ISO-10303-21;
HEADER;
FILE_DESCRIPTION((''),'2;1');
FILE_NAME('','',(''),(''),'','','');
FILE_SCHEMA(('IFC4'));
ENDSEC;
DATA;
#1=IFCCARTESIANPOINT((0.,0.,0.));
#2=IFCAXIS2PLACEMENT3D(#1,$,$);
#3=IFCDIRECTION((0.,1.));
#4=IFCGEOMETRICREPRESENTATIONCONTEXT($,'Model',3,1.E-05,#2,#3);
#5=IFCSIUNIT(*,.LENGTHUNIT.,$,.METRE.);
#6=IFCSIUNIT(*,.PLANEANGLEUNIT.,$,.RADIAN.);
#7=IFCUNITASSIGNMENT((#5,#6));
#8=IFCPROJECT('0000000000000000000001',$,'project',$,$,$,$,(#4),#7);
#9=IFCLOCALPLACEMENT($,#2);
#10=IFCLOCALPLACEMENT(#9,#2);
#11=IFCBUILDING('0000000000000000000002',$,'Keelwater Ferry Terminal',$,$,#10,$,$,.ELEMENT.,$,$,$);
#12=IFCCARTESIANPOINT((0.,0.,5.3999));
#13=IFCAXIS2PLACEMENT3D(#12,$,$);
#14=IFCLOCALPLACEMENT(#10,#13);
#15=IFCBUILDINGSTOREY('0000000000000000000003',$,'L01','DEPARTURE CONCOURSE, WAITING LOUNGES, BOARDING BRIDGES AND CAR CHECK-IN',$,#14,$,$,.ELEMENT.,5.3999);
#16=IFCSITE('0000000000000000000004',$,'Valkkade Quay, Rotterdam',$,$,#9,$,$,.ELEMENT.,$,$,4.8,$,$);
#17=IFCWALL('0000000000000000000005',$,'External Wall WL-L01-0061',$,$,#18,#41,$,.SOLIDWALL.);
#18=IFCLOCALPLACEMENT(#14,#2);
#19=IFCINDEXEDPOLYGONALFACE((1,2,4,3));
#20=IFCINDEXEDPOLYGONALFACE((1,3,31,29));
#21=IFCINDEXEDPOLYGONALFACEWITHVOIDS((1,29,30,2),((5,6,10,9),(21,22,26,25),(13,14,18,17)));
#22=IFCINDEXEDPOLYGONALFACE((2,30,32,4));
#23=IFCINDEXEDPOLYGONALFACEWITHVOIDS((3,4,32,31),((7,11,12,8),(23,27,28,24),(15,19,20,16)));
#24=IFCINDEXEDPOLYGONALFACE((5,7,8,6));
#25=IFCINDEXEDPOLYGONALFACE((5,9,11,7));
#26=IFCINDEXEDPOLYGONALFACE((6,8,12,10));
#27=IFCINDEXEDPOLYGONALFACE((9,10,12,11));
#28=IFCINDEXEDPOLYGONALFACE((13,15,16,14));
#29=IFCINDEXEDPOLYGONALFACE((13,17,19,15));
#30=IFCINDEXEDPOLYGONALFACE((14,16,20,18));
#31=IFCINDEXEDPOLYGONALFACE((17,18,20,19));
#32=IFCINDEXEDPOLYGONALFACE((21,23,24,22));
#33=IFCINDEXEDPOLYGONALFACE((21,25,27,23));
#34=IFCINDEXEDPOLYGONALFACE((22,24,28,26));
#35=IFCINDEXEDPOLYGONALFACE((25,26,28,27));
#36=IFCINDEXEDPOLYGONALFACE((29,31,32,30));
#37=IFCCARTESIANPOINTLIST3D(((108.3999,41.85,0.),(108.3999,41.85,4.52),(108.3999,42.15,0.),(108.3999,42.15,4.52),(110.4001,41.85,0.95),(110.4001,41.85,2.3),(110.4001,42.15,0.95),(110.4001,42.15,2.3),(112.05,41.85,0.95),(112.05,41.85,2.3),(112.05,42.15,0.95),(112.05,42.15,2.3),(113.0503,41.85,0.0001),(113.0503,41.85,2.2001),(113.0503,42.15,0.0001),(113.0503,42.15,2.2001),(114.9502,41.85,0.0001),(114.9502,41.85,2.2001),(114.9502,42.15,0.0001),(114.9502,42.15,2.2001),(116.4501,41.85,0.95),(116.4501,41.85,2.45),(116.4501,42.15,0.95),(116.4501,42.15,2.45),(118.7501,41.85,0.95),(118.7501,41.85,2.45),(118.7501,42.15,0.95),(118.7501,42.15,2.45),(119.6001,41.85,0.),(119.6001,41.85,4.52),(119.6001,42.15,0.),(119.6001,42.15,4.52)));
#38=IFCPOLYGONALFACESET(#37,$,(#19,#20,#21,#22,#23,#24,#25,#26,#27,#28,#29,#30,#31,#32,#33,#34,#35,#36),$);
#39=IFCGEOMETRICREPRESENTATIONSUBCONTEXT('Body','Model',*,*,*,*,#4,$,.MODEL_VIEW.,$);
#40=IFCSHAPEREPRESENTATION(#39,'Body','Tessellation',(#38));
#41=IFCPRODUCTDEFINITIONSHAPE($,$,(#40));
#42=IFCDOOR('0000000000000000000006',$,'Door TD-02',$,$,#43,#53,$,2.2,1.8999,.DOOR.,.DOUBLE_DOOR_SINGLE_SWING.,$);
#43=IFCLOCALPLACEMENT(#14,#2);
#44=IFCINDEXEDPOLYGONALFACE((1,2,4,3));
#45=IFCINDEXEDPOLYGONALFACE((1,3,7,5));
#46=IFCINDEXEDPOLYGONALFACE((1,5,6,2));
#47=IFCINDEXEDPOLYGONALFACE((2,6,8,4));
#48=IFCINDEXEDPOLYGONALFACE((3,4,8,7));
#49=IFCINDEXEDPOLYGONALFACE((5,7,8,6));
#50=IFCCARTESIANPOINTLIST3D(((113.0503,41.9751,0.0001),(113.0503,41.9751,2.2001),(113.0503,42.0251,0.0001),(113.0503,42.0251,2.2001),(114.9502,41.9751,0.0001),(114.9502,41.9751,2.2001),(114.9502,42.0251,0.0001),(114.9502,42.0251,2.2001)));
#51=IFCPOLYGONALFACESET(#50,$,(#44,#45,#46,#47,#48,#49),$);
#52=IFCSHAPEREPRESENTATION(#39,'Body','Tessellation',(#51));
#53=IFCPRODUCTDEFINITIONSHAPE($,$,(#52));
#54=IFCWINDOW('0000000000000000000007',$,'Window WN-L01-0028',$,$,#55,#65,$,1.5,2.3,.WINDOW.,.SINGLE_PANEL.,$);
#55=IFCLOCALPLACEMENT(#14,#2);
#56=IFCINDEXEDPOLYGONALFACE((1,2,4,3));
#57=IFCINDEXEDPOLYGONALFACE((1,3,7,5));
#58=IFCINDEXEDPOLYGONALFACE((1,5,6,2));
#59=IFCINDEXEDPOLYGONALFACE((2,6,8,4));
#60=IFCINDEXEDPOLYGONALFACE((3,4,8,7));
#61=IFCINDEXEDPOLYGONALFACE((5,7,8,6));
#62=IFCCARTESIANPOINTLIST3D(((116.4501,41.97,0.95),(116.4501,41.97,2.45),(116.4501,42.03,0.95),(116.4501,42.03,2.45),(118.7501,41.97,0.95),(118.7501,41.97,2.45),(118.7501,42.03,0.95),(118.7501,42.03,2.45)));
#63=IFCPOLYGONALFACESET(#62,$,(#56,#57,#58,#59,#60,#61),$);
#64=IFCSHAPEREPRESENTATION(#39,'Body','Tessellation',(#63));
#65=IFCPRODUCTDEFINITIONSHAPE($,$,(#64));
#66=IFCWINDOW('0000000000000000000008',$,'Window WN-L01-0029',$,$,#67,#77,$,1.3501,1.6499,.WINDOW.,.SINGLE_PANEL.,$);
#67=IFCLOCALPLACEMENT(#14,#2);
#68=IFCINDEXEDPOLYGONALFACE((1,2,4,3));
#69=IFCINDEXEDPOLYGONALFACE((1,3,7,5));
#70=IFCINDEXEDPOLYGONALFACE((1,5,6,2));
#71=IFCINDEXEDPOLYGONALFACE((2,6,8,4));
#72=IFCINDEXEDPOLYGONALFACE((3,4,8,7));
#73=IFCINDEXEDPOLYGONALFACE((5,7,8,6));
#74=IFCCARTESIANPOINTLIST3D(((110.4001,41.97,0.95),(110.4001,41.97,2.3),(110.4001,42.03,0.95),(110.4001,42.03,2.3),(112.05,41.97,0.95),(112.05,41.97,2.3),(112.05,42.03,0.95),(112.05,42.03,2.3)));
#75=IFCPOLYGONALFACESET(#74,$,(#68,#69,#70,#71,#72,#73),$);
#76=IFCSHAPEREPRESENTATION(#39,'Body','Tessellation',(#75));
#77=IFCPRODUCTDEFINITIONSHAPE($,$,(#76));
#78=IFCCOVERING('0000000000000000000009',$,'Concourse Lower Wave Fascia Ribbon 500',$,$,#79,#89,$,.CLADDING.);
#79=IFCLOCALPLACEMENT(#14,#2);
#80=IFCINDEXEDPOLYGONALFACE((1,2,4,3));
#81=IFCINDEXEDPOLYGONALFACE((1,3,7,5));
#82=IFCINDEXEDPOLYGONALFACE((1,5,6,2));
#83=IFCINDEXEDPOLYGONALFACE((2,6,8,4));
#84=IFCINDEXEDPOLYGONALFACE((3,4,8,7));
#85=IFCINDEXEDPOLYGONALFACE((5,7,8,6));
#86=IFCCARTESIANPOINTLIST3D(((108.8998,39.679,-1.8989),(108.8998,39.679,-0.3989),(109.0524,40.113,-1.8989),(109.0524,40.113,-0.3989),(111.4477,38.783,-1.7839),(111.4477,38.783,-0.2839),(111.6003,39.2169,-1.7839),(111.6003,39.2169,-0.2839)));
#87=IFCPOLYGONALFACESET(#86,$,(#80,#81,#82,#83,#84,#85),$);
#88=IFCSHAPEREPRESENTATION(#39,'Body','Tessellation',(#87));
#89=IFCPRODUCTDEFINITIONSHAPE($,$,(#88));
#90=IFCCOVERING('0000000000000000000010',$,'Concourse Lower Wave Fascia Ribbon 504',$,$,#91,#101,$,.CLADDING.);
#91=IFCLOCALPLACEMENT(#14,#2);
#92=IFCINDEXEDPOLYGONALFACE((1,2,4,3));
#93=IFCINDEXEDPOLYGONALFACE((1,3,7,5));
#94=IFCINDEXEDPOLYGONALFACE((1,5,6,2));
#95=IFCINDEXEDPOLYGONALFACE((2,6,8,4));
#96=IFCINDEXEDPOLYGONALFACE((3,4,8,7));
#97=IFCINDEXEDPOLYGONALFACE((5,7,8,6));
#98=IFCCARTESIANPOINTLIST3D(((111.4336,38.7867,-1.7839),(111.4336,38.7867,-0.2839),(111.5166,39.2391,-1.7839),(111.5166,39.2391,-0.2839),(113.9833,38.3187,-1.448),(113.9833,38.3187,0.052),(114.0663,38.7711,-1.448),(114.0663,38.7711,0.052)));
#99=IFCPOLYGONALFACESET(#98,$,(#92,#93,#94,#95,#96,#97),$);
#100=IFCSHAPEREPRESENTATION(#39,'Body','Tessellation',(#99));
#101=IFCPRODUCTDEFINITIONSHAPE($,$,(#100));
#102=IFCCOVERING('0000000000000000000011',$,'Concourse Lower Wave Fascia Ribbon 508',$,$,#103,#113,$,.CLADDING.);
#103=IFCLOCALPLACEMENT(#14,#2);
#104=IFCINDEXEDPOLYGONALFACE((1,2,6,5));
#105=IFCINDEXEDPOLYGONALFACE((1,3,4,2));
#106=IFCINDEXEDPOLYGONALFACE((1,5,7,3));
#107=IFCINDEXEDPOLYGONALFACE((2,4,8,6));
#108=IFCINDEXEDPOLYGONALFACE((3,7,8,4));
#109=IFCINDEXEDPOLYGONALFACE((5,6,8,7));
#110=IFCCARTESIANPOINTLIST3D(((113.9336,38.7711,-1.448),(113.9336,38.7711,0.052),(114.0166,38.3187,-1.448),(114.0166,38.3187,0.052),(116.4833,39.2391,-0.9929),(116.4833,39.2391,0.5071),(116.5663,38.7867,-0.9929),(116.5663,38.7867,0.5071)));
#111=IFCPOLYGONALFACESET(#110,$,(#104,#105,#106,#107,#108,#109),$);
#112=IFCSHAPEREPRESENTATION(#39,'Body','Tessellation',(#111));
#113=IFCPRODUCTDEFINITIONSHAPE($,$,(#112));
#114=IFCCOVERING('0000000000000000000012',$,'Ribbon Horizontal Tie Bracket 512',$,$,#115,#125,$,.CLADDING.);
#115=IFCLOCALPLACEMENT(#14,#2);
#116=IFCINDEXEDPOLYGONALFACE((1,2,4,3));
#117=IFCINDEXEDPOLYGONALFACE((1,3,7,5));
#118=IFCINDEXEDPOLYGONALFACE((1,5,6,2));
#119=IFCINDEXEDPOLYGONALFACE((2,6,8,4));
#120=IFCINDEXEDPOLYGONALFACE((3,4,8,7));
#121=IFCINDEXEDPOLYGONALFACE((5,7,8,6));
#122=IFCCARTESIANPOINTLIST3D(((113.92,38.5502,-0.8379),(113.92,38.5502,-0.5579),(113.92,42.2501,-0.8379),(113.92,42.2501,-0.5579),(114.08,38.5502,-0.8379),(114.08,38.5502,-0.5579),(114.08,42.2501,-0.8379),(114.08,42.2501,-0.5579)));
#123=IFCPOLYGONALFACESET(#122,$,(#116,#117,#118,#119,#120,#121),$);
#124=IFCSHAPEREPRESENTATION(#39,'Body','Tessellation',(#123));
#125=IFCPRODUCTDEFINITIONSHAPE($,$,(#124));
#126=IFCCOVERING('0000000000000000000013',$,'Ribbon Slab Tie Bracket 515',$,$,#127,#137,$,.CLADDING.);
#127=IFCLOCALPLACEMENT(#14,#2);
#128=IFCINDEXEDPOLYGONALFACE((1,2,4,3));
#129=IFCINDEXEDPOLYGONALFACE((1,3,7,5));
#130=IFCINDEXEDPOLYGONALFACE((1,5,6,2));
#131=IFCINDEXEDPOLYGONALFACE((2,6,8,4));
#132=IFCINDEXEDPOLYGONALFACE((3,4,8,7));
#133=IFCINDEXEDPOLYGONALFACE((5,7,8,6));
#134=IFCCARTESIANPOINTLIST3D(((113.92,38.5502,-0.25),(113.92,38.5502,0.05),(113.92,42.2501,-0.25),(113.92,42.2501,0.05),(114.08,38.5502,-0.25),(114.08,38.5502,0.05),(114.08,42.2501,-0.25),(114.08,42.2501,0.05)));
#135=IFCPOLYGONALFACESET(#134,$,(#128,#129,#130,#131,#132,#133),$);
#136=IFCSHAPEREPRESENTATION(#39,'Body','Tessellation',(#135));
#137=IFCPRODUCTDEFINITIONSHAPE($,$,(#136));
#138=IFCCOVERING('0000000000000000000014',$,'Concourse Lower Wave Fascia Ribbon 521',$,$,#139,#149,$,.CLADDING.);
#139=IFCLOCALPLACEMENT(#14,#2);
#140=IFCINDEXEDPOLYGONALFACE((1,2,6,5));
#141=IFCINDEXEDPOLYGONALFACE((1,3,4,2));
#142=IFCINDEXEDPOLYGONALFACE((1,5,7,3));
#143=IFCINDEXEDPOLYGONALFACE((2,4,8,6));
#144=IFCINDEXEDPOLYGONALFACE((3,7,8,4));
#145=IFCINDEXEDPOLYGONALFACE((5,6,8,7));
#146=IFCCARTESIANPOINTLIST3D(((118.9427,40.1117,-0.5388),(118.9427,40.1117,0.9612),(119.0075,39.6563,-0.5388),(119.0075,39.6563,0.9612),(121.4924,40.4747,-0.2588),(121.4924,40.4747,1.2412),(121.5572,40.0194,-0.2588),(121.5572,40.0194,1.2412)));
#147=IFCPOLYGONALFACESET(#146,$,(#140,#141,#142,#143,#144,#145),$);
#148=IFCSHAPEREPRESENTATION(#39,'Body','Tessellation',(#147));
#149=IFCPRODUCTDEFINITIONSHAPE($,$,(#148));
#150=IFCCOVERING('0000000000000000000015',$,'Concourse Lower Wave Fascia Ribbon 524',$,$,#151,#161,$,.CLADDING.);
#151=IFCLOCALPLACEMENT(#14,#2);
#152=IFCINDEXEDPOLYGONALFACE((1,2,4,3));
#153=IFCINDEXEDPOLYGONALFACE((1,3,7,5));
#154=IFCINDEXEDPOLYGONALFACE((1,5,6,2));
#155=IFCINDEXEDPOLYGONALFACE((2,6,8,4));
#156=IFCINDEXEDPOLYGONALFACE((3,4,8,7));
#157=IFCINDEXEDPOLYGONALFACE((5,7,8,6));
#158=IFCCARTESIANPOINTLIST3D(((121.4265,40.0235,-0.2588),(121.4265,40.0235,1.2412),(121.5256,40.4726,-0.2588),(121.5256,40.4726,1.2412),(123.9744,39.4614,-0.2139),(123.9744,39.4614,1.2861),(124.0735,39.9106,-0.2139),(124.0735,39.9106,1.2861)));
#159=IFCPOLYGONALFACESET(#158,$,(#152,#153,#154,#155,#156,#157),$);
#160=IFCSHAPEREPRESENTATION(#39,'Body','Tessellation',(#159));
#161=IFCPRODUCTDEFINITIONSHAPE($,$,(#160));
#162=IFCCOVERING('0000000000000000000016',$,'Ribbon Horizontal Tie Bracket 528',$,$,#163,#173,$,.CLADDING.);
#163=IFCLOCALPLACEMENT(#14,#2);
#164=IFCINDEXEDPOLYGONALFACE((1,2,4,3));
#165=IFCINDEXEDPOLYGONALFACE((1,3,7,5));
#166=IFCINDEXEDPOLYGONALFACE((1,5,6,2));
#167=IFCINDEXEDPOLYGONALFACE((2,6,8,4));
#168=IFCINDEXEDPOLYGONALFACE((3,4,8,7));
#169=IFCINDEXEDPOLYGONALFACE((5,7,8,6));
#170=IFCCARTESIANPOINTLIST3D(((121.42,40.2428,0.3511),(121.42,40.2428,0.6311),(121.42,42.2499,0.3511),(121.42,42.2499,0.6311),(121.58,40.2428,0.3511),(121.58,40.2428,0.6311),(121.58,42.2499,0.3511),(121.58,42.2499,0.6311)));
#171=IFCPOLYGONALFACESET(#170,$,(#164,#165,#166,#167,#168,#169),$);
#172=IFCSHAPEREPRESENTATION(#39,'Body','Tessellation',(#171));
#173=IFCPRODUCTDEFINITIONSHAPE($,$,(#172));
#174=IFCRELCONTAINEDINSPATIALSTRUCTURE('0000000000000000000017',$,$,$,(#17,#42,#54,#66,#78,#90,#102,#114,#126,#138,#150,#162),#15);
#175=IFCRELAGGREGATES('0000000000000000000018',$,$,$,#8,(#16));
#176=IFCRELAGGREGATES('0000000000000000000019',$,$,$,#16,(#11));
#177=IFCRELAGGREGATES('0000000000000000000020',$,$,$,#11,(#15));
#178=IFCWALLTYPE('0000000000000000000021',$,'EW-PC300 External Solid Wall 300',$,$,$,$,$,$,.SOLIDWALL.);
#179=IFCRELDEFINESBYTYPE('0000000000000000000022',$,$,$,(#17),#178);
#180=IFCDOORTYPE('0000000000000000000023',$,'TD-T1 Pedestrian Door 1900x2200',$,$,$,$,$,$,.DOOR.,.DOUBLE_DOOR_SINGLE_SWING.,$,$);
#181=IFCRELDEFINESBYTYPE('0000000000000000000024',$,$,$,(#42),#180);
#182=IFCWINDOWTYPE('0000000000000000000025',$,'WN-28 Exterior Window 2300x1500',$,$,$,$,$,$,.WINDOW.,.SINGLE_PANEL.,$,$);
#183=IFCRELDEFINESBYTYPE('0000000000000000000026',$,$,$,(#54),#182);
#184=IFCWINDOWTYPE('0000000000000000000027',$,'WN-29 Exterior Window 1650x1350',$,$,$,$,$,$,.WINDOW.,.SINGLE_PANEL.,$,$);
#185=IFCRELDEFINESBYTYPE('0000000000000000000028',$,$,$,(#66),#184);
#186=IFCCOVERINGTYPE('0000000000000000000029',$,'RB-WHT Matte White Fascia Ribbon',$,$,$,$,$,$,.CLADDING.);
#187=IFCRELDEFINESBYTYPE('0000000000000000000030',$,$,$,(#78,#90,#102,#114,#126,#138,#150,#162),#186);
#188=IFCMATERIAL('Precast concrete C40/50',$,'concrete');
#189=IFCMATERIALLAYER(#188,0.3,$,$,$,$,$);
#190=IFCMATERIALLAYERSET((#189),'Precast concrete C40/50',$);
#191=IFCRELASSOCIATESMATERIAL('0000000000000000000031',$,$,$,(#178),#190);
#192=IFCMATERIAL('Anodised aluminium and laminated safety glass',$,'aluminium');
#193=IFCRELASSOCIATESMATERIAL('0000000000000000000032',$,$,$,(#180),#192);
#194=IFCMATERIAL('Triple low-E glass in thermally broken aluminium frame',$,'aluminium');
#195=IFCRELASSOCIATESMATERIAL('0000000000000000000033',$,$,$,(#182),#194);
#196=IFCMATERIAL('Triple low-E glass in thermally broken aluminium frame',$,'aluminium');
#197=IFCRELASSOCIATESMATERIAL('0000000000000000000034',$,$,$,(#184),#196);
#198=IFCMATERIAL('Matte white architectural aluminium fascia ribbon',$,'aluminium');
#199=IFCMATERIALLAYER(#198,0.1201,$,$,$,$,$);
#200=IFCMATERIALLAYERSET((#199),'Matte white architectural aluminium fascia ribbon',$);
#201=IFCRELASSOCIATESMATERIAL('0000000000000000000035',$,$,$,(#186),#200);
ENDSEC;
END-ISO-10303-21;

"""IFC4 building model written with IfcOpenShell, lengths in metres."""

from ifc_helpers import new_model, si_unit, direction, frame, frame_2d, origin, place, context, subcontext, project, spatial, polyline, rectangle, outline, extrude, material, layer, layer_set, type_object, element, fill, save


model = new_model("IFC4")

# Units and contexts
model_context = context("Model", 3, precision=1e-05, world=origin(), true_north=direction((0.0, 1.0)))
body_context = subcontext(model_context, "Body", "Model", "MODEL_VIEW")
ifc_project = project(units=[si_unit("LENGTHUNIT", "METRE"), si_unit("PLANEANGLEUNIT", "RADIAN")], contexts=[model_context])

# Site, building, storey
site_placement = place(None, origin())
site = spatial("IfcSite", under=ifc_project, at=site_placement, Name="Valkkade Quay, Rotterdam", CompositionType="ELEMENT", RefElevation=4.8)
building_placement = place(site_placement, origin())
building = spatial("IfcBuilding", under=site, at=building_placement, Name="Keelwater Ferry Terminal", CompositionType="ELEMENT")
storey_placement = place(building_placement, frame((0.0, 0.0, 5.3999)))
storey = spatial("IfcBuildingStorey", under=building, at=storey_placement, Name="L01", Description="DEPARTURE CONCOURSE, WAITING LOUNGES, BOARDING BRIDGES AND CAR CHECK-IN", CompositionType="ELEMENT", Elevation=5.3999)

# Wall, openings, door, windows
ifc_material_1 = material(Name="Precast concrete C40/50", Category="concrete")
ifc_layer_1 = layer(ifc_material_1, 0.3)
ifc_layer_set_1 = layer_set([ifc_layer_1], Name="Precast concrete C40/50")
wall_type = type_object("IfcWallType", Name="EW-PC300 External Solid Wall 300", PredefinedType="SOLIDWALL", material=ifc_layer_set_1)
wall_placement = place(storey_placement, frame((119.6001, 42.0, 0.0), z_axis=(0.0, 0.0, 1.0), x_axis=(-1.0, 0.0, 0.0)))
wall = element("IfcWall", 1, at=wall_placement, inside=storey, type_object=wall_type, Name="External Wall WL-L01-0061", PredefinedType="SOLIDWALL", context=body_context, shape_type="SweptSolid", body=[
    extrude(rectangle(XDim=11.2002, YDim=0.3, at=frame_2d((5.6001, 0.0))), origin(), (0.0, 0.0, 1.0), 4.52),
])
opening_1_placement = place(wall_placement, frame((4.6499, 0.0, 0.0)))
opening_1 = element("IfcOpeningElement", 2, at=opening_1_placement, cuts=wall, PredefinedType="OPENING", context=body_context, shape_type="SweptSolid", body=[
    extrude(rectangle(XDim=1.8999, YDim=2.2, at=frame_2d((0.95, 1.1001))), frame((0.0, 0.1599, 0.0), z_axis=(0.0, -1.0, 0.0), x_axis=(1.0, 0.0, 0.0)), (0.0, 0.0, 1.0), 0.3201),
])
opening_2_placement = place(wall_placement, frame((0.8501, 0.0, 0.95)))
opening_2 = element("IfcOpeningElement", 3, at=opening_2_placement, cuts=wall, PredefinedType="OPENING", context=body_context, shape_type="SweptSolid", body=[
    extrude(rectangle(XDim=2.3, YDim=1.5, at=frame_2d((1.1499, 0.75))), frame((0.0, 0.1599, 0.0), z_axis=(0.0, -1.0, 0.0), x_axis=(1.0, 0.0, 0.0)), (0.0, 0.0, 1.0), 0.3201),
])
opening_3_placement = place(wall_placement, frame((7.55, 0.0, 0.95)))
opening_3 = element("IfcOpeningElement", 4, at=opening_3_placement, cuts=wall, PredefinedType="OPENING", context=body_context, shape_type="SweptSolid", body=[
    extrude(rectangle(XDim=1.6499, YDim=1.3501, at=frame_2d((0.825, 0.675))), frame((0.0, 0.1599, 0.0), z_axis=(0.0, -1.0, 0.0), x_axis=(1.0, 0.0, 0.0)), (0.0, 0.0, 1.0), 0.3201),
])
ifc_material_2 = material(Name="Anodised aluminium and laminated safety glass", Category="aluminium")
door_type = type_object("IfcDoorType", Name="TD-T1 Pedestrian Door 1900x2200", OperationType="DOUBLE_DOOR_SINGLE_SWING", PredefinedType="DOOR", material=ifc_material_2)
door_placement = place(opening_1_placement, origin())
door = element("IfcDoor", 5, at=door_placement, inside=storey, type_object=door_type, Name="Door TD-02", OperationType="DOUBLE_DOOR_SINGLE_SWING", OverallHeight=2.2, OverallWidth=1.8999, PredefinedType="DOOR", context=body_context, shape_type="SweptSolid", body=[
    extrude(rectangle(XDim=1.8999, YDim=2.2, at=frame_2d((0.95, 1.1001))), frame((0.0, 0.0249, 0.0), z_axis=(0.0, -1.0, 0.0), x_axis=(1.0, 0.0, 0.0)), (0.0, 0.0, 1.0), 0.05),
])
fill(opening_1, door)
ifc_material_3 = material(Name="Triple low-E glass in thermally broken aluminium frame", Category="aluminium")
window_type_1 = type_object("IfcWindowType", Name="WN-28 Exterior Window 2300x1500", PartitioningType="SINGLE_PANEL", PredefinedType="WINDOW", material=ifc_material_3)
window_1_placement = place(opening_2_placement, origin())
window_1 = element("IfcWindow", 6, at=window_1_placement, inside=storey, type_object=window_type_1, Name="Window WN-L01-0028", OverallHeight=1.5, OverallWidth=2.3, PartitioningType="SINGLE_PANEL", PredefinedType="WINDOW", context=body_context, shape_type="SweptSolid", body=[
    extrude(rectangle(XDim=2.3, YDim=1.5, at=frame_2d((1.1499, 0.75))), frame((0.0, 0.03, 0.0), z_axis=(0.0, -1.0, 0.0), x_axis=(1.0, 0.0, 0.0)), (0.0, 0.0, 1.0), 0.0601),
])
fill(opening_2, window_1)
ifc_material_4 = material(Name="Triple low-E glass in thermally broken aluminium frame", Category="aluminium")
window_type_2 = type_object("IfcWindowType", Name="WN-29 Exterior Window 1650x1350", PartitioningType="SINGLE_PANEL", PredefinedType="WINDOW", material=ifc_material_4)
window_2_placement = place(opening_3_placement, origin())
window_2 = element("IfcWindow", 7, at=window_2_placement, inside=storey, type_object=window_type_2, Name="Window WN-L01-0029", OverallHeight=1.3501, OverallWidth=1.6499, PartitioningType="SINGLE_PANEL", PredefinedType="WINDOW", context=body_context, shape_type="SweptSolid", body=[
    extrude(rectangle(XDim=1.6499, YDim=1.3501, at=frame_2d((0.825, 0.675))), frame((0.0, 0.03, 0.0), z_axis=(0.0, -1.0, 0.0), x_axis=(1.0, 0.0, 0.0)), (0.0, 0.0, 1.0), 0.0601),
])
fill(opening_3, window_2)

# Coverings
ifc_material_5 = material(Name="Matte white architectural aluminium fascia ribbon", Category="aluminium")
ifc_layer_2 = layer(ifc_material_5, 0.1201)
ifc_layer_set_2 = layer_set([ifc_layer_2], Name="Matte white architectural aluminium fascia ribbon")
covering_type = type_object("IfcCoveringType", Name="RB-WHT Matte White Fascia Ribbon", PredefinedType="CLADDING", material=ifc_layer_set_2)
covering_1_placement = place(storey_placement, frame((108.9761, 39.896, -1.8989), z_axis=(0.0, 0.0, 1.0), x_axis=(0.943367, -0.331751, 0.0)))
element("IfcCovering", 8, at=covering_1_placement, inside=storey, type_object=covering_type, Name="Concourse Lower Wave Fascia Ribbon 500", PredefinedType="CLADDING", context=body_context, shape_type="SweptSolid", body=[
    extrude(outline(polyline([(0.0, 0.0), (2.7009, 0.115), (2.7009, 1.615), (0.0, 1.5), (0.0, 0.0)])), frame((0.0, 0.23, 0.0), z_axis=(0.0, -1.0, 0.0), x_axis=(1.0, 0.0, 0.0)), (0.0, 0.0, 1.0), 0.46),
])
covering_2_placement = place(storey_placement, frame((111.4751, 39.0129, -1.7839), z_axis=(0.0, 0.0, 1.0), x_axis=(0.983569, -0.180534, 0.0)))
element("IfcCovering", 9, at=covering_2_placement, inside=storey, type_object=covering_type, Name="Concourse Lower Wave Fascia Ribbon 504", PredefinedType="CLADDING", context=body_context, shape_type="SweptSolid", body=[
    extrude(outline(polyline([(0.0, 0.0), (2.5923, 0.3359), (2.5923, 1.8359), (0.0, 1.5), (0.0, 0.0)])), frame((0.0, 0.23, 0.0), z_axis=(0.0, -1.0, 0.0), x_axis=(1.0, 0.0, 0.0)), (0.0, 0.0, 1.0), 0.46),
])
covering_3_placement = place(storey_placement, frame((113.9751, 38.5449, -1.448), z_axis=(0.0, 0.0, 1.0), x_axis=(0.983569, 0.180534, 0.0)))
element("IfcCovering", 10, at=covering_3_placement, inside=storey, type_object=covering_type, Name="Concourse Lower Wave Fascia Ribbon 508", PredefinedType="CLADDING", context=body_context, shape_type="SweptSolid", body=[
    extrude(outline(polyline([(0.0, 0.0), (2.5923, 0.4551), (2.5923, 1.9551), (0.0, 1.5), (0.0, 0.0)])), frame((0.0, 0.23, 0.0), z_axis=(0.0, -1.0, 0.0), x_axis=(1.0, 0.0, 0.0)), (0.0, 0.0, 1.0), 0.46),
])
covering_4_placement = place(storey_placement, frame((114.0, 38.55, -0.8379), z_axis=(0.0, 0.0, 1.0), x_axis=(0.0, 1.0, 0.0)))
element("IfcCovering", 11, at=covering_4_placement, inside=storey, type_object=covering_type, Name="Ribbon Horizontal Tie Bracket 512", PredefinedType="CLADDING", context=body_context, shape_type="SweptSolid", body=[
    extrude(rectangle(XDim=3.7, YDim=0.1599, at=frame_2d((1.8501, 0.0))), origin(), (0.0, 0.0, 1.0), 0.28),
])
covering_5_placement = place(storey_placement, frame((114.0, 38.55, -0.25), z_axis=(0.0, 0.0, 1.0), x_axis=(0.0, 1.0, 0.0)))
element("IfcCovering", 12, at=covering_5_placement, inside=storey, type_object=covering_type, Name="Ribbon Slab Tie Bracket 515", PredefinedType="CLADDING", context=body_context, shape_type="SweptSolid", body=[
    extrude(rectangle(XDim=3.7, YDim=0.1599, at=frame_2d((1.8501, 0.0))), origin(), (0.0, 0.0, 1.0), 0.3),
])
covering_6_placement = place(storey_placement, frame((118.9751, 39.884, -0.5388), z_axis=(0.0, 0.0, 1.0), x_axis=(0.990016, 0.140957, 0.0)))
element("IfcCovering", 13, at=covering_6_placement, inside=storey, type_object=covering_type, Name="Concourse Lower Wave Fascia Ribbon 521", PredefinedType="CLADDING", context=body_context, shape_type="SweptSolid", body=[
    extrude(outline(polyline([(0.0, 0.0), (2.5754, 0.28), (2.5754, 1.78), (0.0, 1.5), (0.0, 0.0)])), frame((0.0, 0.23, 0.0), z_axis=(0.0, -1.0, 0.0), x_axis=(1.0, 0.0, 0.0)), (0.0, 0.0, 1.0), 0.46),
])
covering_7_placement = place(storey_placement, frame((121.4761, 40.248, -0.2588), z_axis=(0.0, 0.0, 1.0), x_axis=(0.976525, -0.215404, 0.0)))
element("IfcCovering", 14, at=covering_7_placement, inside=storey, type_object=covering_type, Name="Concourse Lower Wave Fascia Ribbon 524", PredefinedType="CLADDING", context=body_context, shape_type="SweptSolid", body=[
    extrude(outline(polyline([(0.0, 0.0), (2.6091, 0.0449), (2.6091, 1.5449), (0.0, 1.5), (0.0, 0.0)])), frame((0.0, 0.23, 0.0), z_axis=(0.0, -1.0, 0.0), x_axis=(1.0, 0.0, 0.0)), (0.0, 0.0, 1.0), 0.46),
])
covering_8_placement = place(storey_placement, frame((121.5, 40.2429, 0.3511), z_axis=(0.0, 0.0, 1.0), x_axis=(0.0, 1.0, 0.0)))
element("IfcCovering", 15, at=covering_8_placement, inside=storey, type_object=covering_type, Name="Ribbon Horizontal Tie Bracket 528", PredefinedType="CLADDING", context=body_context, shape_type="SweptSolid", body=[
    extrude(rectangle(XDim=2.0071, YDim=0.1599, at=frame_2d((1.0034, 0.0))), origin(), (0.0, 0.0, 1.0), 0.28),
])

save(model, "model.ifc")
